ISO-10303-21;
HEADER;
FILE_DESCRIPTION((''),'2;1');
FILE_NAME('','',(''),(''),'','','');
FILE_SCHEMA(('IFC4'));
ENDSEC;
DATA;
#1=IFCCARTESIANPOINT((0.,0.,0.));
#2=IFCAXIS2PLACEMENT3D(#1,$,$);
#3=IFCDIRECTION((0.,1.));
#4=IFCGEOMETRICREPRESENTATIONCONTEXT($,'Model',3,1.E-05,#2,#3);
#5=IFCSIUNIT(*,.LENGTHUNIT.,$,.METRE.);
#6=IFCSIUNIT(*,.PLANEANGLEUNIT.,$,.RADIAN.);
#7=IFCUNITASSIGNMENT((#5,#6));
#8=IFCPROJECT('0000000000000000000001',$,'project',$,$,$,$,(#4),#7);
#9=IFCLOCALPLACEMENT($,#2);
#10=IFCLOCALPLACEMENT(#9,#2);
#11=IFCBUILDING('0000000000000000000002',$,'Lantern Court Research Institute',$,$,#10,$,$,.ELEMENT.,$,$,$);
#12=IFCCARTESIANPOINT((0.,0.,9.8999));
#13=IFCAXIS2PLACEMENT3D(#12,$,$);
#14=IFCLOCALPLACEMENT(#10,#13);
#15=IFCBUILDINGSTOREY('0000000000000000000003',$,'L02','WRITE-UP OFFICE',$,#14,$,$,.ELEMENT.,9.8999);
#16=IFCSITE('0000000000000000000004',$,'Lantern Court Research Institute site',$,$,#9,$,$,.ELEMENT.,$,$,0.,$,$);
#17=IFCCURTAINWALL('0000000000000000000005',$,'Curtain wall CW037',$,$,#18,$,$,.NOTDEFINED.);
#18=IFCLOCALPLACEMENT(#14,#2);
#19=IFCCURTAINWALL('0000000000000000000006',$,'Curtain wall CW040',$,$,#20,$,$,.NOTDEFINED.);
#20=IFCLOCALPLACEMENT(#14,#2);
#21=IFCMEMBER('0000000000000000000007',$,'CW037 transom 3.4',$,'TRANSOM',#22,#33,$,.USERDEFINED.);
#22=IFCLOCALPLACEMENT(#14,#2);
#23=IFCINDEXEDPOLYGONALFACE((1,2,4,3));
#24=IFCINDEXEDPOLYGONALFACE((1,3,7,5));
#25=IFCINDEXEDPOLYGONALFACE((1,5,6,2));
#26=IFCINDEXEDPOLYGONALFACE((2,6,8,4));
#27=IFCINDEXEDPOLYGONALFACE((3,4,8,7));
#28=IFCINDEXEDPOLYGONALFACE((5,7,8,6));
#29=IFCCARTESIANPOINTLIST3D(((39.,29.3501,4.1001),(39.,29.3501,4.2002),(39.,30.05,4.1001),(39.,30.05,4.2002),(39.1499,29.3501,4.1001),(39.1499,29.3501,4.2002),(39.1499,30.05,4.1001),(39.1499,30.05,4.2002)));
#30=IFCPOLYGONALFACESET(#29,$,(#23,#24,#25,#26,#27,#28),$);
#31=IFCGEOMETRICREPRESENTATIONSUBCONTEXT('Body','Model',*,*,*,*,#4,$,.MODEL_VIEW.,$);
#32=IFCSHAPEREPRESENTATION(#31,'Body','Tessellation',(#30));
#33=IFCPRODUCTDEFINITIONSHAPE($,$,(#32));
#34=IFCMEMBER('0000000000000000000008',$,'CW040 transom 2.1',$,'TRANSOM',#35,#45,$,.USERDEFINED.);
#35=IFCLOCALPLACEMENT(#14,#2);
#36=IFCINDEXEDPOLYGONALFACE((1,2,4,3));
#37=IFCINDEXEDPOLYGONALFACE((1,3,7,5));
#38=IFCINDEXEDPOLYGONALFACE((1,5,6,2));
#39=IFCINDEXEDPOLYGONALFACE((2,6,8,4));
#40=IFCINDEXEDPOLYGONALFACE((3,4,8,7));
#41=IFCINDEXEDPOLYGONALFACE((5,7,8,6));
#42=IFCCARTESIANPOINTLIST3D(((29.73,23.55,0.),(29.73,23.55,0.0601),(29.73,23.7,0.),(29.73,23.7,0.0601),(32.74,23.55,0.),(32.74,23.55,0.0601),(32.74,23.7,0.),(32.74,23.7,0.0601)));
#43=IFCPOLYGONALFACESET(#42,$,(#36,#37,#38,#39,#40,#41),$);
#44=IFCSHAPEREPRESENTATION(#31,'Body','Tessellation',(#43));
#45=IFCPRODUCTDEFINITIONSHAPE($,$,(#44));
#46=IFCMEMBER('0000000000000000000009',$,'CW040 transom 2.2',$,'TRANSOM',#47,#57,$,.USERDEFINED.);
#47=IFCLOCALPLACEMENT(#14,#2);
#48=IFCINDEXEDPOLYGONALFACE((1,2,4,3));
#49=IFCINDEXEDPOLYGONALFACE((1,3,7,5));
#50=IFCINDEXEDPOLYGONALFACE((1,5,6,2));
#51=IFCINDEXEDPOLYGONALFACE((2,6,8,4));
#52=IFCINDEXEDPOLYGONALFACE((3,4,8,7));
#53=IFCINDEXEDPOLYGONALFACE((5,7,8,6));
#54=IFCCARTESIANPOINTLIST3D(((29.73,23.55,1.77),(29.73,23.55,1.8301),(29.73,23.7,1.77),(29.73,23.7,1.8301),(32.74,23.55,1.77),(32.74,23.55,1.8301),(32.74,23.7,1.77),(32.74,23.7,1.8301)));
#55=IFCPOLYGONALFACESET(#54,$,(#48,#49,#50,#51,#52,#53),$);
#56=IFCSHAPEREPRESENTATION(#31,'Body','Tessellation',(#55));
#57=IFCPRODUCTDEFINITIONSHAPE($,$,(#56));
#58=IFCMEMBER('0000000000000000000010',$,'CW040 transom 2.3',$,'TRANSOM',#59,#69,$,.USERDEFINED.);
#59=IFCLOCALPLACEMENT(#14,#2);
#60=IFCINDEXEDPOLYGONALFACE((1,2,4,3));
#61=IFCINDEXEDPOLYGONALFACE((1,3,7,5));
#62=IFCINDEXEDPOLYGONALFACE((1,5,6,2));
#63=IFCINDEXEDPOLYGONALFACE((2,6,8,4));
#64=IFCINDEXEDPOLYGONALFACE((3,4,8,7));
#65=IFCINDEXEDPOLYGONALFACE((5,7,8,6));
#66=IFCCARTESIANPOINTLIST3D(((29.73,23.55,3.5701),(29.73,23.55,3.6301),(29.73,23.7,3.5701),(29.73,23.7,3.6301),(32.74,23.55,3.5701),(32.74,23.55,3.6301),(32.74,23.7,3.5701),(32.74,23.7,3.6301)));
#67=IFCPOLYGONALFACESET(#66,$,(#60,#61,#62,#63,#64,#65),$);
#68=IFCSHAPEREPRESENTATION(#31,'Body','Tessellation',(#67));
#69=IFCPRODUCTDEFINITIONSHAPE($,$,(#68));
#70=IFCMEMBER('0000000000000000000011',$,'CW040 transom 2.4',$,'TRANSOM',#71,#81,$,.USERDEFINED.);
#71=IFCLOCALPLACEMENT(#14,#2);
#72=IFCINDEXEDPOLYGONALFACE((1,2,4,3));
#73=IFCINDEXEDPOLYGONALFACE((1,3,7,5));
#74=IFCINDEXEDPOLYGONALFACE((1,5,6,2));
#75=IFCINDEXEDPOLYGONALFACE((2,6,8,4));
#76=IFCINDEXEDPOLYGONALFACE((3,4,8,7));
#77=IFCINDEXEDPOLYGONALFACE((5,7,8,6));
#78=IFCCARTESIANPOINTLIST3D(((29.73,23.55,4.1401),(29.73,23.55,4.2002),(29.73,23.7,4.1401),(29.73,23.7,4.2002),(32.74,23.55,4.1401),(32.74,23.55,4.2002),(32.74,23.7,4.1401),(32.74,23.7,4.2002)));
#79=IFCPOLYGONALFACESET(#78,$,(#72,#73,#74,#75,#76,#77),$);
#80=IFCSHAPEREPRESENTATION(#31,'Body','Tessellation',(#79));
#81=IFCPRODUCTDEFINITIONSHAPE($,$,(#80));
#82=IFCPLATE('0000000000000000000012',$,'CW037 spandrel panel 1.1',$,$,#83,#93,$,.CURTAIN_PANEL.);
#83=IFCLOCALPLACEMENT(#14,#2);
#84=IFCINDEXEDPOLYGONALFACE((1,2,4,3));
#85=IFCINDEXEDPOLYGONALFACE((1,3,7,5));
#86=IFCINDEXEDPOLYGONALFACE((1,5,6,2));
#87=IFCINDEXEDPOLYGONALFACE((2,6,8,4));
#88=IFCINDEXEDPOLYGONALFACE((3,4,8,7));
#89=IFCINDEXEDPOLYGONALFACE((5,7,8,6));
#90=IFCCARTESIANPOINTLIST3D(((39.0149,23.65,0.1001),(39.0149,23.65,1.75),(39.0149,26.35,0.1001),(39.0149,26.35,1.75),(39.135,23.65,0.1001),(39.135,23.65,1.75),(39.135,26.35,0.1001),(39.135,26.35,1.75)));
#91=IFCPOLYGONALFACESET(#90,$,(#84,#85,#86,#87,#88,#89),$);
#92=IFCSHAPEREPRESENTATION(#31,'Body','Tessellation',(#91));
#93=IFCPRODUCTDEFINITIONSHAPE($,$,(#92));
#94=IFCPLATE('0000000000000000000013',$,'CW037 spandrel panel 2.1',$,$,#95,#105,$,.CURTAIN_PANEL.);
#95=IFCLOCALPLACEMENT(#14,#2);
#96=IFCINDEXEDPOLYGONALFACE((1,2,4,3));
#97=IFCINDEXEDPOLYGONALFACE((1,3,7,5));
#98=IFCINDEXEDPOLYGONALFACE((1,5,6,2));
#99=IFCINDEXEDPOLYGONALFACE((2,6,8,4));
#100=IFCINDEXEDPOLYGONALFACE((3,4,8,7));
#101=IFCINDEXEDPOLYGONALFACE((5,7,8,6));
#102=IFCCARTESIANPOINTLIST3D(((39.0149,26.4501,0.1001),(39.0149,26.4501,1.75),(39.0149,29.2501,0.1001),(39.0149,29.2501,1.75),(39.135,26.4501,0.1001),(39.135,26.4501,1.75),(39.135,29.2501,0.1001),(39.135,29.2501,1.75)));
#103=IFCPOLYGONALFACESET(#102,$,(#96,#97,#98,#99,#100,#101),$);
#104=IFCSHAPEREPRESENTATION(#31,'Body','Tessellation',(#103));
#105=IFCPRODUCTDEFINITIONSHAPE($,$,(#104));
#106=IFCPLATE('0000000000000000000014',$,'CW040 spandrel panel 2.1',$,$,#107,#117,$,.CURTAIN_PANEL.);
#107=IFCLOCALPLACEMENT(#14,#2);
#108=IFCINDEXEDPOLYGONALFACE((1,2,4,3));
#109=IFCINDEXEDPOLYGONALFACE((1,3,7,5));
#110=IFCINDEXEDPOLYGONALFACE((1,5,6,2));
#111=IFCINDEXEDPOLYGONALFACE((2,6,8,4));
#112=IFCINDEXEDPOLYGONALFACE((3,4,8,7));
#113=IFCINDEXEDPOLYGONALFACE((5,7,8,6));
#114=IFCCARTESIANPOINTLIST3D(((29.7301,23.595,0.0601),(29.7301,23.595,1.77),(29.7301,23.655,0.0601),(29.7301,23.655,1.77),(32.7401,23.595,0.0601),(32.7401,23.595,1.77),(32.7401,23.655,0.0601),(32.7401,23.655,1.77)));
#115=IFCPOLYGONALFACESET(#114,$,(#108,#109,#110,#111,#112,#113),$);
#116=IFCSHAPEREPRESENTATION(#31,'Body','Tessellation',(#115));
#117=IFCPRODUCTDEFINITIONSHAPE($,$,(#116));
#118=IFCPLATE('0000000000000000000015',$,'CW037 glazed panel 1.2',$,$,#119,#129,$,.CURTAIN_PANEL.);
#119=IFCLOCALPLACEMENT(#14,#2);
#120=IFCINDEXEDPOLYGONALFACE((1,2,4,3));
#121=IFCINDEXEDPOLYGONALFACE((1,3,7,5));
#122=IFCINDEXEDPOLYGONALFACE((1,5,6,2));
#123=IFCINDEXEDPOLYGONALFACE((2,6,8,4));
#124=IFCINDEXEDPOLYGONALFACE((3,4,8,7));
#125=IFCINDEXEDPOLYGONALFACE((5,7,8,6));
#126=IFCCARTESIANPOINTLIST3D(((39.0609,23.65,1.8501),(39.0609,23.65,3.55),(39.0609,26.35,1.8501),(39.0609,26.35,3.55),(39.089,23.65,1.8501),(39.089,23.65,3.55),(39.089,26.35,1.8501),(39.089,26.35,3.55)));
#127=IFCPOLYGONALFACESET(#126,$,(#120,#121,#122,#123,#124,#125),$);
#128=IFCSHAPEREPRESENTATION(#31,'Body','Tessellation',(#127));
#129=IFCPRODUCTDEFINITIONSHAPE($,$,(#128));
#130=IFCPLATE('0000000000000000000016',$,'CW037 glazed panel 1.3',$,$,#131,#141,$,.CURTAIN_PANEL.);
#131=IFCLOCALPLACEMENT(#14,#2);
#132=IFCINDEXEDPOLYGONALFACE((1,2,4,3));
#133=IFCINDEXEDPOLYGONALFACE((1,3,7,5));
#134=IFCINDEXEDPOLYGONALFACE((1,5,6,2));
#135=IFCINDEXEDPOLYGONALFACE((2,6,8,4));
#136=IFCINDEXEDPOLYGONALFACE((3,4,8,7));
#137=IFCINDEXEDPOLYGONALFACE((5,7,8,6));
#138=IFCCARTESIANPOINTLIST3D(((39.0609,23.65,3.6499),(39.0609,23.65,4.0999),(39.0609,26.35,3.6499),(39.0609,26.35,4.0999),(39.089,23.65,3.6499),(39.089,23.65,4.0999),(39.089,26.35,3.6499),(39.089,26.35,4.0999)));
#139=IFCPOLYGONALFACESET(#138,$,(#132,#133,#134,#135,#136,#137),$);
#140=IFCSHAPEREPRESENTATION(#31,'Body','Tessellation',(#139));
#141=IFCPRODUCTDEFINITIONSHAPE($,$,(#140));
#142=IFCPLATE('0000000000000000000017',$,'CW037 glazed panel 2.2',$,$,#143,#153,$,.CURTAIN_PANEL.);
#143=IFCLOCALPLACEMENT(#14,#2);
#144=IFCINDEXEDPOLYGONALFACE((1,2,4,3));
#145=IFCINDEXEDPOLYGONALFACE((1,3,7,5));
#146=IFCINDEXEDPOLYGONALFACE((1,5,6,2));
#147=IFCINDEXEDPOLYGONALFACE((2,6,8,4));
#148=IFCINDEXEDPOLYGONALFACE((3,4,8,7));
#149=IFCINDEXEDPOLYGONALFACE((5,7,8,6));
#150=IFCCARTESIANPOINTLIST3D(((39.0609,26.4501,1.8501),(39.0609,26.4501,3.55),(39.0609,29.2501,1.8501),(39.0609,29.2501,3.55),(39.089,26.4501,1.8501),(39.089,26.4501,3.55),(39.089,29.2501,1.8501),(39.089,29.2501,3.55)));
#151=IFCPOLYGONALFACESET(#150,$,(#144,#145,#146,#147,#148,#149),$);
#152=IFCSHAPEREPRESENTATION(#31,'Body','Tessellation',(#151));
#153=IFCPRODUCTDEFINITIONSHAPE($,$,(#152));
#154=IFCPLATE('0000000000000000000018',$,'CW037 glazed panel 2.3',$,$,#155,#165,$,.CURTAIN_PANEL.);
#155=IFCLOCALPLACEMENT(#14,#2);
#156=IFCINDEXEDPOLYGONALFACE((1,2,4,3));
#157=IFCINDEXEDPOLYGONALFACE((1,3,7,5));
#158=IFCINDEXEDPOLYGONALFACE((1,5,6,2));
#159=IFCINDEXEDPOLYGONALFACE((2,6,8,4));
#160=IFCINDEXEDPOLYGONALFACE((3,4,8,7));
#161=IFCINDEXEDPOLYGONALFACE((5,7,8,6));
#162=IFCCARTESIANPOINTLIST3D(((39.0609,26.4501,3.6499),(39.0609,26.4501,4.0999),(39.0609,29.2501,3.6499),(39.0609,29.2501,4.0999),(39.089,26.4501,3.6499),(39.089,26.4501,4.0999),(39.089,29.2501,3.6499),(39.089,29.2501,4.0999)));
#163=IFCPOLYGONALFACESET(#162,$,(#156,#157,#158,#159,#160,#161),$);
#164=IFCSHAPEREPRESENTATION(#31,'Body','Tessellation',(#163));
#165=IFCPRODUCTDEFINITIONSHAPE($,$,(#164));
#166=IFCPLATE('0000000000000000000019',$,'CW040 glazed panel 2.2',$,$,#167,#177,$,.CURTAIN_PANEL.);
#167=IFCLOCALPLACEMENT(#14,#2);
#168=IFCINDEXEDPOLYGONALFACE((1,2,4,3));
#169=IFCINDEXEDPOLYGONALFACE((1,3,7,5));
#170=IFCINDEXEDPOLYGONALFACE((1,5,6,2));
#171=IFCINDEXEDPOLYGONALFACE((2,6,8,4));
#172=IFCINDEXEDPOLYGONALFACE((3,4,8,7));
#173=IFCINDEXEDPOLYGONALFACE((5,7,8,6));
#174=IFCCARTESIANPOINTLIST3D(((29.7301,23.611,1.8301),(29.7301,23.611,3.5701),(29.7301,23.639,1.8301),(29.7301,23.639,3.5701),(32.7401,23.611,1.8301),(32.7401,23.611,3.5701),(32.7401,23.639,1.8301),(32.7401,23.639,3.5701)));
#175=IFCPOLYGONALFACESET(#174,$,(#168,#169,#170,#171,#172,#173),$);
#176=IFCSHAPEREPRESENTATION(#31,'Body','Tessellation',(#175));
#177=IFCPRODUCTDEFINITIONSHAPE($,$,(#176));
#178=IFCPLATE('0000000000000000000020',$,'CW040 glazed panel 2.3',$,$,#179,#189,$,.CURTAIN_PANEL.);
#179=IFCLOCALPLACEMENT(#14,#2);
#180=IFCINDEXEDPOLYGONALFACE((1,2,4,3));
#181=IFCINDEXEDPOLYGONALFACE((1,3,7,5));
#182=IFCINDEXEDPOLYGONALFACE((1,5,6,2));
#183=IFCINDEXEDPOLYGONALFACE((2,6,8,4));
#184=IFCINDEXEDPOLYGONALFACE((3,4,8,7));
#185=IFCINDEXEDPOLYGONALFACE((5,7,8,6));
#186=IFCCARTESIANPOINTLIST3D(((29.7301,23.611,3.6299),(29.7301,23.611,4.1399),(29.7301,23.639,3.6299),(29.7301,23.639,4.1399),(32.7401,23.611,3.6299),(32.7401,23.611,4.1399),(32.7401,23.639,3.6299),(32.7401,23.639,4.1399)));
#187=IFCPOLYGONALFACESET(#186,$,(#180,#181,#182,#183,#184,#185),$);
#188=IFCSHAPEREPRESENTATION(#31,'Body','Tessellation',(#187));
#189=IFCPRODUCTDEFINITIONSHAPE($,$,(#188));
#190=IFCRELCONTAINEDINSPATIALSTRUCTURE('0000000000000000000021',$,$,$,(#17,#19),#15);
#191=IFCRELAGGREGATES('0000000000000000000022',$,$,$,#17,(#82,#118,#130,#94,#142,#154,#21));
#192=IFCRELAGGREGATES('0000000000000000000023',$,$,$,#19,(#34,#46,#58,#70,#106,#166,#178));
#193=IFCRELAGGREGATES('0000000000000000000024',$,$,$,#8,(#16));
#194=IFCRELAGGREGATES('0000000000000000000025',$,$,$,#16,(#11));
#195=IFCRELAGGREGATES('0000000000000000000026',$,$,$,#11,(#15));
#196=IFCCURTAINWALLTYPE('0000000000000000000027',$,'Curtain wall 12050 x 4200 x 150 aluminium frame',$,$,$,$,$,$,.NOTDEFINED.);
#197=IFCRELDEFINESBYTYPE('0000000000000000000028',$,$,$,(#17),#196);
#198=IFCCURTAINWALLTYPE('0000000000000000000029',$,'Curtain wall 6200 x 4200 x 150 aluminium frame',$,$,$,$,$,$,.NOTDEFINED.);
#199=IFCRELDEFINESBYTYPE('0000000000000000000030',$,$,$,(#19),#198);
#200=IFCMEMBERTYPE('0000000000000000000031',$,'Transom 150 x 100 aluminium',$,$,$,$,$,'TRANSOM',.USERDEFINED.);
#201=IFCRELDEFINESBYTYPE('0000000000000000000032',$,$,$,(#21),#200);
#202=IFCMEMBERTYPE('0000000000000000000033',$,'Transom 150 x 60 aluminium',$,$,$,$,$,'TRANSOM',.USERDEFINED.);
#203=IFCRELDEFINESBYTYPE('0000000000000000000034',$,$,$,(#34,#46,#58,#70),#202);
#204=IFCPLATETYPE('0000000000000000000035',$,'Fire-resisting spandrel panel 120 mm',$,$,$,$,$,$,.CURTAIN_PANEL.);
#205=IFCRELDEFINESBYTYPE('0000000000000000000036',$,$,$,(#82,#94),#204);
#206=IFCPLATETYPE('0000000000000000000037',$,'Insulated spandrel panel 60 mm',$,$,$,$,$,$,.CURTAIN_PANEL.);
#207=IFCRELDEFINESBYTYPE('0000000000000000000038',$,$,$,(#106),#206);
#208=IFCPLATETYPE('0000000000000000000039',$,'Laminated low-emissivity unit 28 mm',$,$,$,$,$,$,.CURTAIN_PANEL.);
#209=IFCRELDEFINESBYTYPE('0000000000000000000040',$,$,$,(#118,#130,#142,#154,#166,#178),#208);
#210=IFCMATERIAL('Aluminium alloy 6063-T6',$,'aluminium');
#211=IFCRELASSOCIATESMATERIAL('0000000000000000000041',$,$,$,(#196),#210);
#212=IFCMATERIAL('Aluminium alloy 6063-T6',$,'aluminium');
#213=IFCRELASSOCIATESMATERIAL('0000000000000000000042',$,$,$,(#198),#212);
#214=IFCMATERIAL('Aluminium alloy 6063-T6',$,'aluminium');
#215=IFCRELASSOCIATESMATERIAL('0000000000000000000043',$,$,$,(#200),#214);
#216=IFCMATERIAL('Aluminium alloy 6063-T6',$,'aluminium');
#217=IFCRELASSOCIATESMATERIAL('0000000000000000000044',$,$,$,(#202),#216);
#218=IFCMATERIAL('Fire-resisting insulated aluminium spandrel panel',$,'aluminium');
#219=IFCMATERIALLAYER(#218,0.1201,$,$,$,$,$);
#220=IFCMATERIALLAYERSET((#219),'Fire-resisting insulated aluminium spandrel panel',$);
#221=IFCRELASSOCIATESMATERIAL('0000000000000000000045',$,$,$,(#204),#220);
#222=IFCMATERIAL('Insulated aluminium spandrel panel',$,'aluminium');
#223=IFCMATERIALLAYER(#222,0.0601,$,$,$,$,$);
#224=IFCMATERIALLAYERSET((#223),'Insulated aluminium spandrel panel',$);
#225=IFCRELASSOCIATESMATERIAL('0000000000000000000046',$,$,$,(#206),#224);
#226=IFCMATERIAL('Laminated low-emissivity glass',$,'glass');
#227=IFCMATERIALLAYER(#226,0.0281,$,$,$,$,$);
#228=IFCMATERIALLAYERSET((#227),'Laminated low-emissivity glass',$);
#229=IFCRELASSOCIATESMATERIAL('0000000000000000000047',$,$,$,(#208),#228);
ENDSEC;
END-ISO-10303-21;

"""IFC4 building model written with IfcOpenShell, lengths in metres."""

from ifc_helpers import new_model, si_unit, direction, frame, origin, origin_2d, place, context, subcontext, project, spatial, rectangle, extrude, material, layer, layer_set, material_profile, profile_set, type_object, element, aggregate, save


model = new_model("IFC4")

# Units and contexts
model_context = context("Model", 3, precision=1e-05, world=origin(), true_north=direction((0.0, 1.0)))
body_context = subcontext(model_context, "Body", "Model", "MODEL_VIEW")
ifc_project = project(units=[si_unit("LENGTHUNIT", "METRE"), si_unit("PLANEANGLEUNIT", "RADIAN")], contexts=[model_context])

# Site, building, storey
site_placement = place(None, origin())
site = spatial("IfcSite", under=ifc_project, at=site_placement, Name="Lantern Court Research Institute site", CompositionType="ELEMENT", RefElevation=0.0)
building_placement = place(site_placement, origin())
building = spatial("IfcBuilding", under=site, at=building_placement, Name="Lantern Court Research Institute", CompositionType="ELEMENT")
storey_placement = place(building_placement, frame((0.0, 0.0, 9.8999)))
storey = spatial("IfcBuildingStorey", under=building, at=storey_placement, Name="L02", Description="WRITE-UP OFFICE", CompositionType="ELEMENT", Elevation=9.8999)

# Curtain wall
ifc_material_1 = material(Name="Aluminium alloy 6063-T6", Category="aluminium")
curtain_wall_type_1 = type_object("IfcCurtainWallType", Name="Curtain wall 12050 x 4200 x 150 aluminium frame", PredefinedType="NOTDEFINED", material=ifc_material_1)
curtain_wall_1_placement = place(storey_placement, origin())
curtain_wall_1 = element("IfcCurtainWall", 1, at=curtain_wall_1_placement, inside=storey, type_object=curtain_wall_type_1, Name="Curtain wall CW037", PredefinedType="NOTDEFINED")

# Curtain wall
ifc_material_2 = material(Name="Aluminium alloy 6063-T6", Category="aluminium")
curtain_wall_type_2 = type_object("IfcCurtainWallType", Name="Curtain wall 6200 x 4200 x 150 aluminium frame", PredefinedType="NOTDEFINED", material=ifc_material_2)
curtain_wall_2_placement = place(storey_placement, origin())
curtain_wall_2 = element("IfcCurtainWall", 2, at=curtain_wall_2_placement, inside=storey, type_object=curtain_wall_type_2, Name="Curtain wall CW040", PredefinedType="NOTDEFINED")

# Members
ifc_material_3 = material(Name="Aluminium alloy 6063-T6", Category="aluminium")
ifc_material_profile_1 = material_profile(ifc_material_3, rectangle(XDim=0.1499, YDim=0.1001, at=origin_2d()), Name="Transom 150 x 100")
ifc_profile_set_1 = profile_set([ifc_material_profile_1], Name="Aluminium alloy 6063-T6")
member_type_1 = type_object("IfcMemberType", Name="Transom 150 x 100 aluminium", ElementType="TRANSOM", PredefinedType="USERDEFINED", material=ifc_profile_set_1)
member_1_placement = place(storey_placement, frame((39.075, 29.3501, 4.1501), z_axis=(0.0, 1.0, 0.0), x_axis=(-1.0, 0.0, 0.0)))
member_1 = element("IfcMember", 3, at=member_1_placement, type_object=member_type_1, Name="CW037 transom 3.4", ObjectType="TRANSOM", PredefinedType="USERDEFINED", context=body_context, shape_type="SweptSolid", body=[
    extrude(rectangle(XDim=0.1499, YDim=0.1001, at=origin_2d()), origin(), (0.0, 0.0, 1.0), 0.7),
])
ifc_material_4 = material(Name="Aluminium alloy 6063-T6", Category="aluminium")
ifc_material_profile_2 = material_profile(ifc_material_4, rectangle(XDim=0.1499, YDim=0.0601, at=origin_2d()), Name="Transom 150 x 60")
ifc_profile_set_2 = profile_set([ifc_material_profile_2], Name="Aluminium alloy 6063-T6")
member_type_2 = type_object("IfcMemberType", Name="Transom 150 x 60 aluminium", ElementType="TRANSOM", PredefinedType="USERDEFINED", material=ifc_profile_set_2)
member_2_placement = place(storey_placement, frame((29.73, 23.625, 0.03), z_axis=(1.0, 0.0, 0.0), x_axis=(0.0, 1.0, 0.0)))
member_2 = element("IfcMember", 4, at=member_2_placement, type_object=member_type_2, Name="CW040 transom 2.1", ObjectType="TRANSOM", PredefinedType="USERDEFINED", context=body_context, shape_type="SweptSolid", body=[
    extrude(rectangle(XDim=0.1499, YDim=0.0601, at=origin_2d()), origin(), (0.0, 0.0, 1.0), 3.01),
])
member_3_placement = place(storey_placement, frame((29.73, 23.625, 1.8), z_axis=(1.0, 0.0, 0.0), x_axis=(0.0, 1.0, 0.0)))
member_3 = element("IfcMember", 5, at=member_3_placement, type_object=member_type_2, Name="CW040 transom 2.2", ObjectType="TRANSOM", PredefinedType="USERDEFINED", context=body_context, shape_type="SweptSolid", body=[
    extrude(rectangle(XDim=0.1499, YDim=0.0601, at=origin_2d()), origin(), (0.0, 0.0, 1.0), 3.01),
])
member_4_placement = place(storey_placement, frame((29.73, 23.625, 3.6001), z_axis=(1.0, 0.0, 0.0), x_axis=(0.0, 1.0, 0.0)))
member_4 = element("IfcMember", 6, at=member_4_placement, type_object=member_type_2, Name="CW040 transom 2.3", ObjectType="TRANSOM", PredefinedType="USERDEFINED", context=body_context, shape_type="SweptSolid", body=[
    extrude(rectangle(XDim=0.1499, YDim=0.0601, at=origin_2d()), origin(), (0.0, 0.0, 1.0), 3.01),
])
member_5_placement = place(storey_placement, frame((29.73, 23.625, 4.1702), z_axis=(1.0, 0.0, 0.0), x_axis=(0.0, 1.0, 0.0)))
member_5 = element("IfcMember", 7, at=member_5_placement, type_object=member_type_2, Name="CW040 transom 2.4", ObjectType="TRANSOM", PredefinedType="USERDEFINED", context=body_context, shape_type="SweptSolid", body=[
    extrude(rectangle(XDim=0.1499, YDim=0.0601, at=origin_2d()), origin(), (0.0, 0.0, 1.0), 3.01),
])

# Plates
ifc_material_5 = material(Name="Fire-resisting insulated aluminium spandrel panel", Category="aluminium")
ifc_layer_1 = layer(ifc_material_5, 0.1201)
ifc_layer_set_1 = layer_set([ifc_layer_1], Name="Fire-resisting insulated aluminium spandrel panel")
plate_type_1 = type_object("IfcPlateType", Name="Fire-resisting spandrel panel 120 mm", PredefinedType="CURTAIN_PANEL", material=ifc_layer_set_1)
plate_1_placement = place(storey_placement, frame((39.075, 25.0, 0.1001), z_axis=(0.0, 0.0, 1.0), x_axis=(0.0, 1.0, 0.0)))
plate_1 = element("IfcPlate", 8, at=plate_1_placement, type_object=plate_type_1, Name="CW037 spandrel panel 1.1", PredefinedType="CURTAIN_PANEL", context=body_context, shape_type="SweptSolid", body=[
    extrude(rectangle(XDim=2.7, YDim=0.1201, at=origin_2d()), origin(), (0.0, 0.0, 1.0), 1.6499),
])
plate_2_placement = place(storey_placement, frame((39.075, 27.8501, 0.1001), z_axis=(0.0, 0.0, 1.0), x_axis=(0.0, 1.0, 0.0)))
plate_2 = element("IfcPlate", 9, at=plate_2_placement, type_object=plate_type_1, Name="CW037 spandrel panel 2.1", PredefinedType="CURTAIN_PANEL", context=body_context, shape_type="SweptSolid", body=[
    extrude(rectangle(XDim=2.8, YDim=0.1201, at=origin_2d()), origin(), (0.0, 0.0, 1.0), 1.6499),
])
ifc_material_6 = material(Name="Insulated aluminium spandrel panel", Category="aluminium")
ifc_layer_2 = layer(ifc_material_6, 0.0601)
ifc_layer_set_2 = layer_set([ifc_layer_2], Name="Insulated aluminium spandrel panel")
plate_type_2 = type_object("IfcPlateType", Name="Insulated spandrel panel 60 mm", PredefinedType="CURTAIN_PANEL", material=ifc_layer_set_2)
plate_3_placement = place(storey_placement, frame((31.2351, 23.625, 0.0601), z_axis=(0.0, 0.0, 1.0), x_axis=(1.0, 0.0, 0.0)))
plate_3 = element("IfcPlate", 10, at=plate_3_placement, type_object=plate_type_2, Name="CW040 spandrel panel 2.1", PredefinedType="CURTAIN_PANEL", context=body_context, shape_type="SweptSolid", body=[
    extrude(rectangle(XDim=3.01, YDim=0.0601, at=origin_2d()), origin(), (0.0, 0.0, 1.0), 1.71),
])
ifc_material_7 = material(Name="Laminated low-emissivity glass", Category="glass")
ifc_layer_3 = layer(ifc_material_7, 0.0281)
ifc_layer_set_3 = layer_set([ifc_layer_3], Name="Laminated low-emissivity glass")
plate_type_3 = type_object("IfcPlateType", Name="Laminated low-emissivity unit 28 mm", PredefinedType="CURTAIN_PANEL", material=ifc_layer_set_3)
plate_4_placement = place(storey_placement, frame((39.075, 25.0, 1.8501), z_axis=(0.0, 0.0, 1.0), x_axis=(0.0, 1.0, 0.0)))
plate_4 = element("IfcPlate", 11, at=plate_4_placement, type_object=plate_type_3, Name="CW037 glazed panel 1.2", PredefinedType="CURTAIN_PANEL", context=body_context, shape_type="SweptSolid", body=[
    extrude(rectangle(XDim=2.7, YDim=0.0281, at=origin_2d()), origin(), (0.0, 0.0, 1.0), 1.7),
])
plate_5_placement = place(storey_placement, frame((39.075, 25.0, 3.6499), z_axis=(0.0, 0.0, 1.0), x_axis=(0.0, 1.0, 0.0)))
plate_5 = element("IfcPlate", 12, at=plate_5_placement, type_object=plate_type_3, Name="CW037 glazed panel 1.3", PredefinedType="CURTAIN_PANEL", context=body_context, shape_type="SweptSolid", body=[
    extrude(rectangle(XDim=2.7, YDim=0.0281, at=origin_2d()), origin(), (0.0, 0.0, 1.0), 0.45),
])
plate_6_placement = place(storey_placement, frame((39.075, 27.8501, 1.8501), z_axis=(0.0, 0.0, 1.0), x_axis=(0.0, 1.0, 0.0)))
plate_6 = element("IfcPlate", 13, at=plate_6_placement, type_object=plate_type_3, Name="CW037 glazed panel 2.2", PredefinedType="CURTAIN_PANEL", context=body_context, shape_type="SweptSolid", body=[
    extrude(rectangle(XDim=2.8, YDim=0.0281, at=origin_2d()), origin(), (0.0, 0.0, 1.0), 1.7),
])
plate_7_placement = place(storey_placement, frame((39.075, 27.8501, 3.6499), z_axis=(0.0, 0.0, 1.0), x_axis=(0.0, 1.0, 0.0)))
plate_7 = element("IfcPlate", 14, at=plate_7_placement, type_object=plate_type_3, Name="CW037 glazed panel 2.3", PredefinedType="CURTAIN_PANEL", context=body_context, shape_type="SweptSolid", body=[
    extrude(rectangle(XDim=2.8, YDim=0.0281, at=origin_2d()), origin(), (0.0, 0.0, 1.0), 0.45),
])
aggregate(curtain_wall_1, [plate_1, plate_4, plate_5, plate_2, plate_6, plate_7, member_1])
plate_8_placement = place(storey_placement, frame((31.2351, 23.625, 1.8301), z_axis=(0.0, 0.0, 1.0), x_axis=(1.0, 0.0, 0.0)))
plate_8 = element("IfcPlate", 15, at=plate_8_placement, type_object=plate_type_3, Name="CW040 glazed panel 2.2", PredefinedType="CURTAIN_PANEL", context=body_context, shape_type="SweptSolid", body=[
    extrude(rectangle(XDim=3.01, YDim=0.0281, at=origin_2d()), origin(), (0.0, 0.0, 1.0), 1.74),
])
plate_9_placement = place(storey_placement, frame((31.2351, 23.625, 3.6299), z_axis=(0.0, 0.0, 1.0), x_axis=(1.0, 0.0, 0.0)))
plate_9 = element("IfcPlate", 16, at=plate_9_placement, type_object=plate_type_3, Name="CW040 glazed panel 2.3", PredefinedType="CURTAIN_PANEL", context=body_context, shape_type="SweptSolid", body=[
    extrude(rectangle(XDim=3.01, YDim=0.0281, at=origin_2d()), origin(), (0.0, 0.0, 1.0), 0.51),
])
aggregate(curtain_wall_2, [member_2, member_3, member_4, member_5, plate_3, plate_8, plate_9])

save(model, "model.ifc")
